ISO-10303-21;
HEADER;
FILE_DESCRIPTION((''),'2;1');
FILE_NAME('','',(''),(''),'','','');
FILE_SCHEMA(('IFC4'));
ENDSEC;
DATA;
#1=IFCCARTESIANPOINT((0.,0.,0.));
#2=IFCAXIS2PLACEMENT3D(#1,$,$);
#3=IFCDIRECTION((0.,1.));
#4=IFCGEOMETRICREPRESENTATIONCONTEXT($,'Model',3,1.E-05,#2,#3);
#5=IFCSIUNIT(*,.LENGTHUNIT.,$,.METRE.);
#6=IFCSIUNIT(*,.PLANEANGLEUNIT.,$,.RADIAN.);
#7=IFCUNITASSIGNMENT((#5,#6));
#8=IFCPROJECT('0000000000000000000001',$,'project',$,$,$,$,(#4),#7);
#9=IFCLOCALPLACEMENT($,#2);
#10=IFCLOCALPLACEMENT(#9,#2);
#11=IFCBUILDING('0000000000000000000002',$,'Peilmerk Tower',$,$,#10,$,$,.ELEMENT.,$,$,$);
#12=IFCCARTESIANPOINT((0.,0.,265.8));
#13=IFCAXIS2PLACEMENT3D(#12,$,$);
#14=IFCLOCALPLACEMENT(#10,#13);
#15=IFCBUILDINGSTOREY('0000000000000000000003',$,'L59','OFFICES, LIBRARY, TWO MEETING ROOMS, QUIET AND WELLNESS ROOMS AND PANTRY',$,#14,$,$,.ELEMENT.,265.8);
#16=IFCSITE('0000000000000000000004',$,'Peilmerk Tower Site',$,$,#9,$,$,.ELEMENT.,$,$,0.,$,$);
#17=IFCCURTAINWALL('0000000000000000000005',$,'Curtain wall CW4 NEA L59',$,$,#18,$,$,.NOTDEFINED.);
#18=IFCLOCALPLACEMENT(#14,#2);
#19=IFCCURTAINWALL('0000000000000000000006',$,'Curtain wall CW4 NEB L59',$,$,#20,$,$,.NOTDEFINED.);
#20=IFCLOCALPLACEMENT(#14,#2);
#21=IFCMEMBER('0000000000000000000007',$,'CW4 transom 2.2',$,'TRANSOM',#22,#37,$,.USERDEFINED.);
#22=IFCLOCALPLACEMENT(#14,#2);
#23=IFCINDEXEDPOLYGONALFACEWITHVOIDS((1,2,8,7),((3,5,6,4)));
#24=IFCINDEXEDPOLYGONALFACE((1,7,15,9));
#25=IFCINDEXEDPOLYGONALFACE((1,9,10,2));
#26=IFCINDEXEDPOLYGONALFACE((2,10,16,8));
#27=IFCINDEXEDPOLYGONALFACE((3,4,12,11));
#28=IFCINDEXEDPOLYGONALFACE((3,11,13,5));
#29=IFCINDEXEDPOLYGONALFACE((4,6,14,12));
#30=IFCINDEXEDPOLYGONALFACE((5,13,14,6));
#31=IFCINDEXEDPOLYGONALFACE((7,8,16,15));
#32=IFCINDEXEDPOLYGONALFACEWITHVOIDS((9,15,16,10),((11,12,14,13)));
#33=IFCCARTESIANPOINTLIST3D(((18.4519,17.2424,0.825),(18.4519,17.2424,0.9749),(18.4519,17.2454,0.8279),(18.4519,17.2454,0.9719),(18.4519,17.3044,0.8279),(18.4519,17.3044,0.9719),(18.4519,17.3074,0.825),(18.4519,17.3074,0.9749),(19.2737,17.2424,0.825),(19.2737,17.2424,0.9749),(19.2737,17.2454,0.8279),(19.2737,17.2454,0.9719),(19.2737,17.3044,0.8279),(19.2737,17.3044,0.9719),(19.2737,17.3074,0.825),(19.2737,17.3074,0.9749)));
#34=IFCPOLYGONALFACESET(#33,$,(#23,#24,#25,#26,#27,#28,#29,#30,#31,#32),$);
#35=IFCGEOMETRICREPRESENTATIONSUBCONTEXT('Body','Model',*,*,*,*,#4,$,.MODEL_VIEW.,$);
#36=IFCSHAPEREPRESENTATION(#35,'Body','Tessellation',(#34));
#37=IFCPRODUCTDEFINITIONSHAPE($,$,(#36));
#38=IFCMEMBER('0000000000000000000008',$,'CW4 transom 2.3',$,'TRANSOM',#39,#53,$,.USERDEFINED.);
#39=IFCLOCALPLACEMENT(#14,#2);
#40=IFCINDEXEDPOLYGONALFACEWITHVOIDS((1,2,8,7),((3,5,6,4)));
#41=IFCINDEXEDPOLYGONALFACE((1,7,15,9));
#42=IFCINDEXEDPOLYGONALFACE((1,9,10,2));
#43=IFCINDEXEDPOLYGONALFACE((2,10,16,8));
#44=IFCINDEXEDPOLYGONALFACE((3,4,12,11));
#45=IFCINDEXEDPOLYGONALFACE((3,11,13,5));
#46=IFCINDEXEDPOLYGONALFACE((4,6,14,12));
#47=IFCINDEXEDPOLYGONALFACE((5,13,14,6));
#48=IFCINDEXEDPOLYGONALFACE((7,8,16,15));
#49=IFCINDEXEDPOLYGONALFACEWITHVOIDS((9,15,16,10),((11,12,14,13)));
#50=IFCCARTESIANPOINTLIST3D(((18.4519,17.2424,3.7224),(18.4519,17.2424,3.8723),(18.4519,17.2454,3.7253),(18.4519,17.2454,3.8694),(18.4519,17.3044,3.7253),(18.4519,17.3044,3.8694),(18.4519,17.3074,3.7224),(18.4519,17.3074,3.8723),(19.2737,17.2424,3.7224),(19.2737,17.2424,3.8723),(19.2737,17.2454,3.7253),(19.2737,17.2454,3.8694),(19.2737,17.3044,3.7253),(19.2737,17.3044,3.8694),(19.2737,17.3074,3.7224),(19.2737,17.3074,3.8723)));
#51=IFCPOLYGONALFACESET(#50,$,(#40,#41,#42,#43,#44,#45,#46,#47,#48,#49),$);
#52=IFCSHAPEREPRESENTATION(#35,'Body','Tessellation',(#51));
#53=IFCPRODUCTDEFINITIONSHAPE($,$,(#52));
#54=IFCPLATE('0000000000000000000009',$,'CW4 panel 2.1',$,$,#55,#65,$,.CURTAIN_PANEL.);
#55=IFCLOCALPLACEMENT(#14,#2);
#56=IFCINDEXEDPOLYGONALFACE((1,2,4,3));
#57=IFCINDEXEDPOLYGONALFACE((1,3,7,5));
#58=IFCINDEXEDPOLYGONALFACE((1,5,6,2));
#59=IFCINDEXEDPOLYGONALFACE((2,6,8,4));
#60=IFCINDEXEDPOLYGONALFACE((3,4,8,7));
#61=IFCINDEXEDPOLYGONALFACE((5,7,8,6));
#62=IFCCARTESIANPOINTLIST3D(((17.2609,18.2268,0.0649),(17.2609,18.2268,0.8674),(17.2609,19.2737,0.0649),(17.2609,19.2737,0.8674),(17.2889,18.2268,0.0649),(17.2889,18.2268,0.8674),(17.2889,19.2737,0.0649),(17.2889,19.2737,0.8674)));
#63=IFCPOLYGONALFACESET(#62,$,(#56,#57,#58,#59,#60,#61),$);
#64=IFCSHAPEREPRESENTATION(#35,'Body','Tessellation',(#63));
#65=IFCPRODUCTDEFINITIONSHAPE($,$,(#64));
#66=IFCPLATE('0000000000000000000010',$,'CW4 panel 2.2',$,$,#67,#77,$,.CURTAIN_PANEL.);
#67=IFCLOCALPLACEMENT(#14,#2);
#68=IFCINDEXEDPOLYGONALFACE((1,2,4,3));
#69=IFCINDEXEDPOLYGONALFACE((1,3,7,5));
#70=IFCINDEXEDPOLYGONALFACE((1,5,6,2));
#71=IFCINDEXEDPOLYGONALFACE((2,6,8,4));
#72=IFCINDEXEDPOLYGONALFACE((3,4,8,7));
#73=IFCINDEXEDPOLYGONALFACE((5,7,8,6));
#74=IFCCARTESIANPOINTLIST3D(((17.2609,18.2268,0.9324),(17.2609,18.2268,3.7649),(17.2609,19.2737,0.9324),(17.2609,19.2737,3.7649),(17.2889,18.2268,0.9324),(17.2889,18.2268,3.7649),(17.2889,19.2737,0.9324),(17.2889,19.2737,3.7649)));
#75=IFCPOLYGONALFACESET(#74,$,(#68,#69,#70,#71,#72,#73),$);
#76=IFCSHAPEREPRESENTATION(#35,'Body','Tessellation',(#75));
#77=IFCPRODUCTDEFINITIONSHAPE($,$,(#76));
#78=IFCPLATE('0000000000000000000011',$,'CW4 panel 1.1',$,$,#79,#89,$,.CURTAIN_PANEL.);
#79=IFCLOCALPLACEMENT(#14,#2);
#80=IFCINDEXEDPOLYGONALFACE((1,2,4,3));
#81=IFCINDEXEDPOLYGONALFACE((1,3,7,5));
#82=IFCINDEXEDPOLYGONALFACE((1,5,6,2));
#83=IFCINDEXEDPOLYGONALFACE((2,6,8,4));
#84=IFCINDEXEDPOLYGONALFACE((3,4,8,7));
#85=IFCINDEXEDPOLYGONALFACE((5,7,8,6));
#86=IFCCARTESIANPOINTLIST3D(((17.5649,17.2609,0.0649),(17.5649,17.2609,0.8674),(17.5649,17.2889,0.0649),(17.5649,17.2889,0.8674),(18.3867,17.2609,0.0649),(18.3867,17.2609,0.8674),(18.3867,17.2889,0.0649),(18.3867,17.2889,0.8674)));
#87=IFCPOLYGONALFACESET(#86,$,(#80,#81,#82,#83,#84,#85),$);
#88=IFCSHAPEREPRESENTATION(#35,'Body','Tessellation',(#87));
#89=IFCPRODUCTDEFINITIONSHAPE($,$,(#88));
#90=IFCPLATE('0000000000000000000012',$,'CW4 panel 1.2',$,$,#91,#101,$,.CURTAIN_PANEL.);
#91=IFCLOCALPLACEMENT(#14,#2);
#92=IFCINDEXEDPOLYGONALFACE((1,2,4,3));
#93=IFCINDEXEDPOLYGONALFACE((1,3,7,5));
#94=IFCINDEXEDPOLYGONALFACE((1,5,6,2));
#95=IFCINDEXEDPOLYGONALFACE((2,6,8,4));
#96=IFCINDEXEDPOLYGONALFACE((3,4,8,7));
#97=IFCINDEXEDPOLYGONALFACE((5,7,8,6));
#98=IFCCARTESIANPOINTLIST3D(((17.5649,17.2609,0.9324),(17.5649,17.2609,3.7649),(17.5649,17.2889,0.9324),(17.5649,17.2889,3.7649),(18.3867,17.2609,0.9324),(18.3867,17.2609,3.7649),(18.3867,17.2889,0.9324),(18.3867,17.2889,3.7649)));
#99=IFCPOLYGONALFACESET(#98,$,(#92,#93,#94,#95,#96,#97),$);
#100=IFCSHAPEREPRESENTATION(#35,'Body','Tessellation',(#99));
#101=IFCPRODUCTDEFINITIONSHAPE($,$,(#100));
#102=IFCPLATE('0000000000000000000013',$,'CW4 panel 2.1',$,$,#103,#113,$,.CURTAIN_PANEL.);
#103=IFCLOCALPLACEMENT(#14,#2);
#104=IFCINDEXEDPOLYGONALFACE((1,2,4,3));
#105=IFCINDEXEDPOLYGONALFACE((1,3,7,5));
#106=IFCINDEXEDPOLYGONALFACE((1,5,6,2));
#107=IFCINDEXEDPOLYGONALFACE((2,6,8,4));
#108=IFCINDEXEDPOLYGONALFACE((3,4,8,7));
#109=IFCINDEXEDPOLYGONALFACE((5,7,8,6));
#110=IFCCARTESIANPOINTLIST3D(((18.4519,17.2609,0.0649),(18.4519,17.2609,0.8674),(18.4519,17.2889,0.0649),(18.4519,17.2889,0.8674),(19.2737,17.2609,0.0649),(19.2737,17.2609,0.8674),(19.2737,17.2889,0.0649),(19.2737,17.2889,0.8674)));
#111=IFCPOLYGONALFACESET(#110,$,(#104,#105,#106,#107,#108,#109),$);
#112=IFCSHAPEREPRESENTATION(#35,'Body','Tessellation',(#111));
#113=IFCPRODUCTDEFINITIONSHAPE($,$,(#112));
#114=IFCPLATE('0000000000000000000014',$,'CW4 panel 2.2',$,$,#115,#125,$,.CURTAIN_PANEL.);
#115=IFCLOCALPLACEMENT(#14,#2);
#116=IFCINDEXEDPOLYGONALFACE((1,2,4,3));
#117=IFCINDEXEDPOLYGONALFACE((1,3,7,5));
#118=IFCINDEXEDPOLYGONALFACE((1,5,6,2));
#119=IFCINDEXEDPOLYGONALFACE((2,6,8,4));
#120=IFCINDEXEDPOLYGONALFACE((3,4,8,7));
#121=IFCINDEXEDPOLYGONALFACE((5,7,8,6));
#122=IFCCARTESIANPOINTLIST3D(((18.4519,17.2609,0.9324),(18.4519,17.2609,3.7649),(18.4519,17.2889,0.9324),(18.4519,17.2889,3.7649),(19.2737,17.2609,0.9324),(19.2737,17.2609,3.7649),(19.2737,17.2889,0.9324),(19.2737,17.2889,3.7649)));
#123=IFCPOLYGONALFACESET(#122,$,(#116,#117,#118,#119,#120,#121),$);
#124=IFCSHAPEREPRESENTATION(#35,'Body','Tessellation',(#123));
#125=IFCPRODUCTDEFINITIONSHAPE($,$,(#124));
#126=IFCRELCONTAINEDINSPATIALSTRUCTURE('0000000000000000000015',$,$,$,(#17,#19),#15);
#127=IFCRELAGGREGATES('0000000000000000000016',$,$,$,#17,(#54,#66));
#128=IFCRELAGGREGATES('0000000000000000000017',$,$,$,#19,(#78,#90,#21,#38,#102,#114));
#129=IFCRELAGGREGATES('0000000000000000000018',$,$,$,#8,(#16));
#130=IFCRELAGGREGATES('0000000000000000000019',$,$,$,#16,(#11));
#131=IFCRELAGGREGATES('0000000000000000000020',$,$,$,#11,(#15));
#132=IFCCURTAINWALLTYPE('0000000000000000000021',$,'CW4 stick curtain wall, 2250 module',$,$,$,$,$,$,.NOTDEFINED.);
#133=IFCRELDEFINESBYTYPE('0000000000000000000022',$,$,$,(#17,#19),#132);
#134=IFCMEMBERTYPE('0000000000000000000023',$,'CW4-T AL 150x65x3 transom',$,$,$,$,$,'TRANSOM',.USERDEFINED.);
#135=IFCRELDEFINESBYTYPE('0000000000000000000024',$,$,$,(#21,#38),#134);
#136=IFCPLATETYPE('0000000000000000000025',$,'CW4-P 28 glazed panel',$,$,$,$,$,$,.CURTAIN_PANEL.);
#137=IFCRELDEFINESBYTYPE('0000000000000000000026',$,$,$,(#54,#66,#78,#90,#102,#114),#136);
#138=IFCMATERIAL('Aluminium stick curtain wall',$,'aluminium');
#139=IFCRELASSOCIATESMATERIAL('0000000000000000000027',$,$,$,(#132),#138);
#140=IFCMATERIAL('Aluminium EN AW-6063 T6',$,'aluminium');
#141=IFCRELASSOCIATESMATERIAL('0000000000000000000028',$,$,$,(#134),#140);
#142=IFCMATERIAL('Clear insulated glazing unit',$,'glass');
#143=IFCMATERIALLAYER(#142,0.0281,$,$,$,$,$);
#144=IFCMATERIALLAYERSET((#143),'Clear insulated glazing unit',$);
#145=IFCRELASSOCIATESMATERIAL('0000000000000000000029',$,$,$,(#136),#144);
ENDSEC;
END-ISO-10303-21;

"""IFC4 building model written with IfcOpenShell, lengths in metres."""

from ifc_helpers import new_model, si_unit, direction, frame, origin, origin_2d, place, context, subcontext, project, spatial, rectangle, hollow_rectangle, extrude, material, layer, layer_set, material_profile, profile_set, type_object, element, aggregate, save


model = new_model("IFC4")

# Units and contexts
model_context = context("Model", 3, precision=1e-05, world=origin(), true_north=direction((0.0, 1.0)))
body_context = subcontext(model_context, "Body", "Model", "MODEL_VIEW")
ifc_project = project(units=[si_unit("LENGTHUNIT", "METRE"), si_unit("PLANEANGLEUNIT", "RADIAN")], contexts=[model_context])

# Site, building, storey
site_placement = place(None, origin())
site = spatial("IfcSite", under=ifc_project, at=site_placement, Name="Peilmerk Tower Site", CompositionType="ELEMENT", RefElevation=0.0)
building_placement = place(site_placement, origin())
building = spatial("IfcBuilding", under=site, at=building_placement, Name="Peilmerk Tower", CompositionType="ELEMENT")
storey_placement = place(building_placement, frame((0.0, 0.0, 265.8)))
storey = spatial("IfcBuildingStorey", under=building, at=storey_placement, Name="L59", Description="OFFICES, LIBRARY, TWO MEETING ROOMS, QUIET AND WELLNESS ROOMS AND PANTRY", CompositionType="ELEMENT", Elevation=265.8)

# Curtain wall
ifc_material_1 = material(Name="Aluminium stick curtain wall", Category="aluminium")
curtain_wall_type = type_object("IfcCurtainWallType", Name="CW4 stick curtain wall, 2250 module", PredefinedType="NOTDEFINED", material=ifc_material_1)
curtain_wall_1_placement = place(storey_placement, origin())
curtain_wall_1 = element("IfcCurtainWall", 1, at=curtain_wall_1_placement, inside=storey, type_object=curtain_wall_type, Name="Curtain wall CW4 NEA L59", PredefinedType="NOTDEFINED")
ifc_material_2 = material(Name="Aluminium EN AW-6063 T6", Category="aluminium")

# Curtain wall
curtain_wall_2_placement = place(storey_placement, origin())
curtain_wall_2 = element("IfcCurtainWall", 2, at=curtain_wall_2_placement, inside=storey, type_object=curtain_wall_type, Name="Curtain wall CW4 NEB L59", PredefinedType="NOTDEFINED")

# Members
ifc_material_profile_1 = material_profile(ifc_material_2, hollow_rectangle(XDim=0.0649, YDim=0.1499, WallThickness=0.0029, at=origin_2d()), Name="AL 150x65x3")
ifc_profile_set_1 = profile_set([ifc_material_profile_1], Name="Aluminium EN AW-6063 T6")
member_type_1 = type_object("IfcMemberType", Name="CW4-T AL 150x65x3 transom", ElementType="TRANSOM", PredefinedType="USERDEFINED", material=ifc_profile_set_1)
member_1_placement = place(storey_placement, frame((18.4519, 17.2749, 0.8999), z_axis=(1.0, 0.0, 0.0), x_axis=(0.0, 1.0, 0.0)))
member_1 = element("IfcMember", 3, at=member_1_placement, type_object=member_type_1, Name="CW4 transom 2.2", ObjectType="TRANSOM", PredefinedType="USERDEFINED", context=body_context, shape_type="SweptSolid", body=[
    extrude(hollow_rectangle(XDim=0.0649, YDim=0.1499, WallThickness=0.0029, at=origin_2d()), origin(), (0.0, 0.0, 1.0), 0.8218),
])
member_2_placement = place(storey_placement, frame((18.4519, 17.2749, 3.7974), z_axis=(1.0, 0.0, 0.0), x_axis=(0.0, 1.0, 0.0)))
member_2 = element("IfcMember", 4, at=member_2_placement, type_object=member_type_1, Name="CW4 transom 2.3", ObjectType="TRANSOM", PredefinedType="USERDEFINED", context=body_context, shape_type="SweptSolid", body=[
    extrude(hollow_rectangle(XDim=0.0649, YDim=0.1499, WallThickness=0.0029, at=origin_2d()), origin(), (0.0, 0.0, 1.0), 0.8218),
])

# Plates
ifc_material_3 = material(Name="Clear insulated glazing unit", Category="glass")
ifc_layer_1 = layer(ifc_material_3, 0.0281)
ifc_layer_set_1 = layer_set([ifc_layer_1], Name="Clear insulated glazing unit")
plate_type = type_object("IfcPlateType", Name="CW4-P 28 glazed panel", PredefinedType="CURTAIN_PANEL", material=ifc_layer_set_1)
plate_1_placement = place(storey_placement, frame((17.2749, 18.7502, 0.0649), z_axis=(0.0, 0.0, 1.0), x_axis=(0.0, 1.0, 0.0)))
plate_1 = element("IfcPlate", 5, at=plate_1_placement, type_object=plate_type, Name="CW4 panel 2.1", PredefinedType="CURTAIN_PANEL", context=body_context, shape_type="SweptSolid", body=[
    extrude(rectangle(XDim=1.0469, YDim=0.0281, at=origin_2d()), origin(), (0.0, 0.0, 1.0), 0.8025),
])
plate_2_placement = place(storey_placement, frame((17.2749, 18.7502, 0.9324), z_axis=(0.0, 0.0, 1.0), x_axis=(0.0, 1.0, 0.0)))
plate_2 = element("IfcPlate", 6, at=plate_2_placement, type_object=plate_type, Name="CW4 panel 2.2", PredefinedType="CURTAIN_PANEL", context=body_context, shape_type="SweptSolid", body=[
    extrude(rectangle(XDim=1.0469, YDim=0.0281, at=origin_2d()), origin(), (0.0, 0.0, 1.0), 2.8325),
])
aggregate(curtain_wall_1, [plate_1, plate_2])
plate_3_placement = place(storey_placement, frame((17.9758, 17.2749, 0.0649), z_axis=(0.0, 0.0, 1.0), x_axis=(1.0, 0.0, 0.0)))
plate_3 = element("IfcPlate", 7, at=plate_3_placement, type_object=plate_type, Name="CW4 panel 1.1", PredefinedType="CURTAIN_PANEL", context=body_context, shape_type="SweptSolid", body=[
    extrude(rectangle(XDim=0.8218, YDim=0.0281, at=origin_2d()), origin(), (0.0, 0.0, 1.0), 0.8025),
])
plate_4_placement = place(storey_placement, frame((17.9758, 17.2749, 0.9324), z_axis=(0.0, 0.0, 1.0), x_axis=(1.0, 0.0, 0.0)))
plate_4 = element("IfcPlate", 8, at=plate_4_placement, type_object=plate_type, Name="CW4 panel 1.2", PredefinedType="CURTAIN_PANEL", context=body_context, shape_type="SweptSolid", body=[
    extrude(rectangle(XDim=0.8218, YDim=0.0281, at=origin_2d()), origin(), (0.0, 0.0, 1.0), 2.8325),
])
plate_5_placement = place(storey_placement, frame((18.8628, 17.2749, 0.0649), z_axis=(0.0, 0.0, 1.0), x_axis=(1.0, 0.0, 0.0)))
plate_5 = element("IfcPlate", 9, at=plate_5_placement, type_object=plate_type, Name="CW4 panel 2.1", PredefinedType="CURTAIN_PANEL", context=body_context, shape_type="SweptSolid", body=[
    extrude(rectangle(XDim=0.8218, YDim=0.0281, at=origin_2d()), origin(), (0.0, 0.0, 1.0), 0.8025),
])
plate_6_placement = place(storey_placement, frame((18.8628, 17.2749, 0.9324), z_axis=(0.0, 0.0, 1.0), x_axis=(1.0, 0.0, 0.0)))
plate_6 = element("IfcPlate", 10, at=plate_6_placement, type_object=plate_type, Name="CW4 panel 2.2", PredefinedType="CURTAIN_PANEL", context=body_context, shape_type="SweptSolid", body=[
    extrude(rectangle(XDim=0.8218, YDim=0.0281, at=origin_2d()), origin(), (0.0, 0.0, 1.0), 2.8325),
])
aggregate(curtain_wall_2, [plate_3, plate_4, member_1, member_2, plate_5, plate_6])

save(model, "model.ifc")
